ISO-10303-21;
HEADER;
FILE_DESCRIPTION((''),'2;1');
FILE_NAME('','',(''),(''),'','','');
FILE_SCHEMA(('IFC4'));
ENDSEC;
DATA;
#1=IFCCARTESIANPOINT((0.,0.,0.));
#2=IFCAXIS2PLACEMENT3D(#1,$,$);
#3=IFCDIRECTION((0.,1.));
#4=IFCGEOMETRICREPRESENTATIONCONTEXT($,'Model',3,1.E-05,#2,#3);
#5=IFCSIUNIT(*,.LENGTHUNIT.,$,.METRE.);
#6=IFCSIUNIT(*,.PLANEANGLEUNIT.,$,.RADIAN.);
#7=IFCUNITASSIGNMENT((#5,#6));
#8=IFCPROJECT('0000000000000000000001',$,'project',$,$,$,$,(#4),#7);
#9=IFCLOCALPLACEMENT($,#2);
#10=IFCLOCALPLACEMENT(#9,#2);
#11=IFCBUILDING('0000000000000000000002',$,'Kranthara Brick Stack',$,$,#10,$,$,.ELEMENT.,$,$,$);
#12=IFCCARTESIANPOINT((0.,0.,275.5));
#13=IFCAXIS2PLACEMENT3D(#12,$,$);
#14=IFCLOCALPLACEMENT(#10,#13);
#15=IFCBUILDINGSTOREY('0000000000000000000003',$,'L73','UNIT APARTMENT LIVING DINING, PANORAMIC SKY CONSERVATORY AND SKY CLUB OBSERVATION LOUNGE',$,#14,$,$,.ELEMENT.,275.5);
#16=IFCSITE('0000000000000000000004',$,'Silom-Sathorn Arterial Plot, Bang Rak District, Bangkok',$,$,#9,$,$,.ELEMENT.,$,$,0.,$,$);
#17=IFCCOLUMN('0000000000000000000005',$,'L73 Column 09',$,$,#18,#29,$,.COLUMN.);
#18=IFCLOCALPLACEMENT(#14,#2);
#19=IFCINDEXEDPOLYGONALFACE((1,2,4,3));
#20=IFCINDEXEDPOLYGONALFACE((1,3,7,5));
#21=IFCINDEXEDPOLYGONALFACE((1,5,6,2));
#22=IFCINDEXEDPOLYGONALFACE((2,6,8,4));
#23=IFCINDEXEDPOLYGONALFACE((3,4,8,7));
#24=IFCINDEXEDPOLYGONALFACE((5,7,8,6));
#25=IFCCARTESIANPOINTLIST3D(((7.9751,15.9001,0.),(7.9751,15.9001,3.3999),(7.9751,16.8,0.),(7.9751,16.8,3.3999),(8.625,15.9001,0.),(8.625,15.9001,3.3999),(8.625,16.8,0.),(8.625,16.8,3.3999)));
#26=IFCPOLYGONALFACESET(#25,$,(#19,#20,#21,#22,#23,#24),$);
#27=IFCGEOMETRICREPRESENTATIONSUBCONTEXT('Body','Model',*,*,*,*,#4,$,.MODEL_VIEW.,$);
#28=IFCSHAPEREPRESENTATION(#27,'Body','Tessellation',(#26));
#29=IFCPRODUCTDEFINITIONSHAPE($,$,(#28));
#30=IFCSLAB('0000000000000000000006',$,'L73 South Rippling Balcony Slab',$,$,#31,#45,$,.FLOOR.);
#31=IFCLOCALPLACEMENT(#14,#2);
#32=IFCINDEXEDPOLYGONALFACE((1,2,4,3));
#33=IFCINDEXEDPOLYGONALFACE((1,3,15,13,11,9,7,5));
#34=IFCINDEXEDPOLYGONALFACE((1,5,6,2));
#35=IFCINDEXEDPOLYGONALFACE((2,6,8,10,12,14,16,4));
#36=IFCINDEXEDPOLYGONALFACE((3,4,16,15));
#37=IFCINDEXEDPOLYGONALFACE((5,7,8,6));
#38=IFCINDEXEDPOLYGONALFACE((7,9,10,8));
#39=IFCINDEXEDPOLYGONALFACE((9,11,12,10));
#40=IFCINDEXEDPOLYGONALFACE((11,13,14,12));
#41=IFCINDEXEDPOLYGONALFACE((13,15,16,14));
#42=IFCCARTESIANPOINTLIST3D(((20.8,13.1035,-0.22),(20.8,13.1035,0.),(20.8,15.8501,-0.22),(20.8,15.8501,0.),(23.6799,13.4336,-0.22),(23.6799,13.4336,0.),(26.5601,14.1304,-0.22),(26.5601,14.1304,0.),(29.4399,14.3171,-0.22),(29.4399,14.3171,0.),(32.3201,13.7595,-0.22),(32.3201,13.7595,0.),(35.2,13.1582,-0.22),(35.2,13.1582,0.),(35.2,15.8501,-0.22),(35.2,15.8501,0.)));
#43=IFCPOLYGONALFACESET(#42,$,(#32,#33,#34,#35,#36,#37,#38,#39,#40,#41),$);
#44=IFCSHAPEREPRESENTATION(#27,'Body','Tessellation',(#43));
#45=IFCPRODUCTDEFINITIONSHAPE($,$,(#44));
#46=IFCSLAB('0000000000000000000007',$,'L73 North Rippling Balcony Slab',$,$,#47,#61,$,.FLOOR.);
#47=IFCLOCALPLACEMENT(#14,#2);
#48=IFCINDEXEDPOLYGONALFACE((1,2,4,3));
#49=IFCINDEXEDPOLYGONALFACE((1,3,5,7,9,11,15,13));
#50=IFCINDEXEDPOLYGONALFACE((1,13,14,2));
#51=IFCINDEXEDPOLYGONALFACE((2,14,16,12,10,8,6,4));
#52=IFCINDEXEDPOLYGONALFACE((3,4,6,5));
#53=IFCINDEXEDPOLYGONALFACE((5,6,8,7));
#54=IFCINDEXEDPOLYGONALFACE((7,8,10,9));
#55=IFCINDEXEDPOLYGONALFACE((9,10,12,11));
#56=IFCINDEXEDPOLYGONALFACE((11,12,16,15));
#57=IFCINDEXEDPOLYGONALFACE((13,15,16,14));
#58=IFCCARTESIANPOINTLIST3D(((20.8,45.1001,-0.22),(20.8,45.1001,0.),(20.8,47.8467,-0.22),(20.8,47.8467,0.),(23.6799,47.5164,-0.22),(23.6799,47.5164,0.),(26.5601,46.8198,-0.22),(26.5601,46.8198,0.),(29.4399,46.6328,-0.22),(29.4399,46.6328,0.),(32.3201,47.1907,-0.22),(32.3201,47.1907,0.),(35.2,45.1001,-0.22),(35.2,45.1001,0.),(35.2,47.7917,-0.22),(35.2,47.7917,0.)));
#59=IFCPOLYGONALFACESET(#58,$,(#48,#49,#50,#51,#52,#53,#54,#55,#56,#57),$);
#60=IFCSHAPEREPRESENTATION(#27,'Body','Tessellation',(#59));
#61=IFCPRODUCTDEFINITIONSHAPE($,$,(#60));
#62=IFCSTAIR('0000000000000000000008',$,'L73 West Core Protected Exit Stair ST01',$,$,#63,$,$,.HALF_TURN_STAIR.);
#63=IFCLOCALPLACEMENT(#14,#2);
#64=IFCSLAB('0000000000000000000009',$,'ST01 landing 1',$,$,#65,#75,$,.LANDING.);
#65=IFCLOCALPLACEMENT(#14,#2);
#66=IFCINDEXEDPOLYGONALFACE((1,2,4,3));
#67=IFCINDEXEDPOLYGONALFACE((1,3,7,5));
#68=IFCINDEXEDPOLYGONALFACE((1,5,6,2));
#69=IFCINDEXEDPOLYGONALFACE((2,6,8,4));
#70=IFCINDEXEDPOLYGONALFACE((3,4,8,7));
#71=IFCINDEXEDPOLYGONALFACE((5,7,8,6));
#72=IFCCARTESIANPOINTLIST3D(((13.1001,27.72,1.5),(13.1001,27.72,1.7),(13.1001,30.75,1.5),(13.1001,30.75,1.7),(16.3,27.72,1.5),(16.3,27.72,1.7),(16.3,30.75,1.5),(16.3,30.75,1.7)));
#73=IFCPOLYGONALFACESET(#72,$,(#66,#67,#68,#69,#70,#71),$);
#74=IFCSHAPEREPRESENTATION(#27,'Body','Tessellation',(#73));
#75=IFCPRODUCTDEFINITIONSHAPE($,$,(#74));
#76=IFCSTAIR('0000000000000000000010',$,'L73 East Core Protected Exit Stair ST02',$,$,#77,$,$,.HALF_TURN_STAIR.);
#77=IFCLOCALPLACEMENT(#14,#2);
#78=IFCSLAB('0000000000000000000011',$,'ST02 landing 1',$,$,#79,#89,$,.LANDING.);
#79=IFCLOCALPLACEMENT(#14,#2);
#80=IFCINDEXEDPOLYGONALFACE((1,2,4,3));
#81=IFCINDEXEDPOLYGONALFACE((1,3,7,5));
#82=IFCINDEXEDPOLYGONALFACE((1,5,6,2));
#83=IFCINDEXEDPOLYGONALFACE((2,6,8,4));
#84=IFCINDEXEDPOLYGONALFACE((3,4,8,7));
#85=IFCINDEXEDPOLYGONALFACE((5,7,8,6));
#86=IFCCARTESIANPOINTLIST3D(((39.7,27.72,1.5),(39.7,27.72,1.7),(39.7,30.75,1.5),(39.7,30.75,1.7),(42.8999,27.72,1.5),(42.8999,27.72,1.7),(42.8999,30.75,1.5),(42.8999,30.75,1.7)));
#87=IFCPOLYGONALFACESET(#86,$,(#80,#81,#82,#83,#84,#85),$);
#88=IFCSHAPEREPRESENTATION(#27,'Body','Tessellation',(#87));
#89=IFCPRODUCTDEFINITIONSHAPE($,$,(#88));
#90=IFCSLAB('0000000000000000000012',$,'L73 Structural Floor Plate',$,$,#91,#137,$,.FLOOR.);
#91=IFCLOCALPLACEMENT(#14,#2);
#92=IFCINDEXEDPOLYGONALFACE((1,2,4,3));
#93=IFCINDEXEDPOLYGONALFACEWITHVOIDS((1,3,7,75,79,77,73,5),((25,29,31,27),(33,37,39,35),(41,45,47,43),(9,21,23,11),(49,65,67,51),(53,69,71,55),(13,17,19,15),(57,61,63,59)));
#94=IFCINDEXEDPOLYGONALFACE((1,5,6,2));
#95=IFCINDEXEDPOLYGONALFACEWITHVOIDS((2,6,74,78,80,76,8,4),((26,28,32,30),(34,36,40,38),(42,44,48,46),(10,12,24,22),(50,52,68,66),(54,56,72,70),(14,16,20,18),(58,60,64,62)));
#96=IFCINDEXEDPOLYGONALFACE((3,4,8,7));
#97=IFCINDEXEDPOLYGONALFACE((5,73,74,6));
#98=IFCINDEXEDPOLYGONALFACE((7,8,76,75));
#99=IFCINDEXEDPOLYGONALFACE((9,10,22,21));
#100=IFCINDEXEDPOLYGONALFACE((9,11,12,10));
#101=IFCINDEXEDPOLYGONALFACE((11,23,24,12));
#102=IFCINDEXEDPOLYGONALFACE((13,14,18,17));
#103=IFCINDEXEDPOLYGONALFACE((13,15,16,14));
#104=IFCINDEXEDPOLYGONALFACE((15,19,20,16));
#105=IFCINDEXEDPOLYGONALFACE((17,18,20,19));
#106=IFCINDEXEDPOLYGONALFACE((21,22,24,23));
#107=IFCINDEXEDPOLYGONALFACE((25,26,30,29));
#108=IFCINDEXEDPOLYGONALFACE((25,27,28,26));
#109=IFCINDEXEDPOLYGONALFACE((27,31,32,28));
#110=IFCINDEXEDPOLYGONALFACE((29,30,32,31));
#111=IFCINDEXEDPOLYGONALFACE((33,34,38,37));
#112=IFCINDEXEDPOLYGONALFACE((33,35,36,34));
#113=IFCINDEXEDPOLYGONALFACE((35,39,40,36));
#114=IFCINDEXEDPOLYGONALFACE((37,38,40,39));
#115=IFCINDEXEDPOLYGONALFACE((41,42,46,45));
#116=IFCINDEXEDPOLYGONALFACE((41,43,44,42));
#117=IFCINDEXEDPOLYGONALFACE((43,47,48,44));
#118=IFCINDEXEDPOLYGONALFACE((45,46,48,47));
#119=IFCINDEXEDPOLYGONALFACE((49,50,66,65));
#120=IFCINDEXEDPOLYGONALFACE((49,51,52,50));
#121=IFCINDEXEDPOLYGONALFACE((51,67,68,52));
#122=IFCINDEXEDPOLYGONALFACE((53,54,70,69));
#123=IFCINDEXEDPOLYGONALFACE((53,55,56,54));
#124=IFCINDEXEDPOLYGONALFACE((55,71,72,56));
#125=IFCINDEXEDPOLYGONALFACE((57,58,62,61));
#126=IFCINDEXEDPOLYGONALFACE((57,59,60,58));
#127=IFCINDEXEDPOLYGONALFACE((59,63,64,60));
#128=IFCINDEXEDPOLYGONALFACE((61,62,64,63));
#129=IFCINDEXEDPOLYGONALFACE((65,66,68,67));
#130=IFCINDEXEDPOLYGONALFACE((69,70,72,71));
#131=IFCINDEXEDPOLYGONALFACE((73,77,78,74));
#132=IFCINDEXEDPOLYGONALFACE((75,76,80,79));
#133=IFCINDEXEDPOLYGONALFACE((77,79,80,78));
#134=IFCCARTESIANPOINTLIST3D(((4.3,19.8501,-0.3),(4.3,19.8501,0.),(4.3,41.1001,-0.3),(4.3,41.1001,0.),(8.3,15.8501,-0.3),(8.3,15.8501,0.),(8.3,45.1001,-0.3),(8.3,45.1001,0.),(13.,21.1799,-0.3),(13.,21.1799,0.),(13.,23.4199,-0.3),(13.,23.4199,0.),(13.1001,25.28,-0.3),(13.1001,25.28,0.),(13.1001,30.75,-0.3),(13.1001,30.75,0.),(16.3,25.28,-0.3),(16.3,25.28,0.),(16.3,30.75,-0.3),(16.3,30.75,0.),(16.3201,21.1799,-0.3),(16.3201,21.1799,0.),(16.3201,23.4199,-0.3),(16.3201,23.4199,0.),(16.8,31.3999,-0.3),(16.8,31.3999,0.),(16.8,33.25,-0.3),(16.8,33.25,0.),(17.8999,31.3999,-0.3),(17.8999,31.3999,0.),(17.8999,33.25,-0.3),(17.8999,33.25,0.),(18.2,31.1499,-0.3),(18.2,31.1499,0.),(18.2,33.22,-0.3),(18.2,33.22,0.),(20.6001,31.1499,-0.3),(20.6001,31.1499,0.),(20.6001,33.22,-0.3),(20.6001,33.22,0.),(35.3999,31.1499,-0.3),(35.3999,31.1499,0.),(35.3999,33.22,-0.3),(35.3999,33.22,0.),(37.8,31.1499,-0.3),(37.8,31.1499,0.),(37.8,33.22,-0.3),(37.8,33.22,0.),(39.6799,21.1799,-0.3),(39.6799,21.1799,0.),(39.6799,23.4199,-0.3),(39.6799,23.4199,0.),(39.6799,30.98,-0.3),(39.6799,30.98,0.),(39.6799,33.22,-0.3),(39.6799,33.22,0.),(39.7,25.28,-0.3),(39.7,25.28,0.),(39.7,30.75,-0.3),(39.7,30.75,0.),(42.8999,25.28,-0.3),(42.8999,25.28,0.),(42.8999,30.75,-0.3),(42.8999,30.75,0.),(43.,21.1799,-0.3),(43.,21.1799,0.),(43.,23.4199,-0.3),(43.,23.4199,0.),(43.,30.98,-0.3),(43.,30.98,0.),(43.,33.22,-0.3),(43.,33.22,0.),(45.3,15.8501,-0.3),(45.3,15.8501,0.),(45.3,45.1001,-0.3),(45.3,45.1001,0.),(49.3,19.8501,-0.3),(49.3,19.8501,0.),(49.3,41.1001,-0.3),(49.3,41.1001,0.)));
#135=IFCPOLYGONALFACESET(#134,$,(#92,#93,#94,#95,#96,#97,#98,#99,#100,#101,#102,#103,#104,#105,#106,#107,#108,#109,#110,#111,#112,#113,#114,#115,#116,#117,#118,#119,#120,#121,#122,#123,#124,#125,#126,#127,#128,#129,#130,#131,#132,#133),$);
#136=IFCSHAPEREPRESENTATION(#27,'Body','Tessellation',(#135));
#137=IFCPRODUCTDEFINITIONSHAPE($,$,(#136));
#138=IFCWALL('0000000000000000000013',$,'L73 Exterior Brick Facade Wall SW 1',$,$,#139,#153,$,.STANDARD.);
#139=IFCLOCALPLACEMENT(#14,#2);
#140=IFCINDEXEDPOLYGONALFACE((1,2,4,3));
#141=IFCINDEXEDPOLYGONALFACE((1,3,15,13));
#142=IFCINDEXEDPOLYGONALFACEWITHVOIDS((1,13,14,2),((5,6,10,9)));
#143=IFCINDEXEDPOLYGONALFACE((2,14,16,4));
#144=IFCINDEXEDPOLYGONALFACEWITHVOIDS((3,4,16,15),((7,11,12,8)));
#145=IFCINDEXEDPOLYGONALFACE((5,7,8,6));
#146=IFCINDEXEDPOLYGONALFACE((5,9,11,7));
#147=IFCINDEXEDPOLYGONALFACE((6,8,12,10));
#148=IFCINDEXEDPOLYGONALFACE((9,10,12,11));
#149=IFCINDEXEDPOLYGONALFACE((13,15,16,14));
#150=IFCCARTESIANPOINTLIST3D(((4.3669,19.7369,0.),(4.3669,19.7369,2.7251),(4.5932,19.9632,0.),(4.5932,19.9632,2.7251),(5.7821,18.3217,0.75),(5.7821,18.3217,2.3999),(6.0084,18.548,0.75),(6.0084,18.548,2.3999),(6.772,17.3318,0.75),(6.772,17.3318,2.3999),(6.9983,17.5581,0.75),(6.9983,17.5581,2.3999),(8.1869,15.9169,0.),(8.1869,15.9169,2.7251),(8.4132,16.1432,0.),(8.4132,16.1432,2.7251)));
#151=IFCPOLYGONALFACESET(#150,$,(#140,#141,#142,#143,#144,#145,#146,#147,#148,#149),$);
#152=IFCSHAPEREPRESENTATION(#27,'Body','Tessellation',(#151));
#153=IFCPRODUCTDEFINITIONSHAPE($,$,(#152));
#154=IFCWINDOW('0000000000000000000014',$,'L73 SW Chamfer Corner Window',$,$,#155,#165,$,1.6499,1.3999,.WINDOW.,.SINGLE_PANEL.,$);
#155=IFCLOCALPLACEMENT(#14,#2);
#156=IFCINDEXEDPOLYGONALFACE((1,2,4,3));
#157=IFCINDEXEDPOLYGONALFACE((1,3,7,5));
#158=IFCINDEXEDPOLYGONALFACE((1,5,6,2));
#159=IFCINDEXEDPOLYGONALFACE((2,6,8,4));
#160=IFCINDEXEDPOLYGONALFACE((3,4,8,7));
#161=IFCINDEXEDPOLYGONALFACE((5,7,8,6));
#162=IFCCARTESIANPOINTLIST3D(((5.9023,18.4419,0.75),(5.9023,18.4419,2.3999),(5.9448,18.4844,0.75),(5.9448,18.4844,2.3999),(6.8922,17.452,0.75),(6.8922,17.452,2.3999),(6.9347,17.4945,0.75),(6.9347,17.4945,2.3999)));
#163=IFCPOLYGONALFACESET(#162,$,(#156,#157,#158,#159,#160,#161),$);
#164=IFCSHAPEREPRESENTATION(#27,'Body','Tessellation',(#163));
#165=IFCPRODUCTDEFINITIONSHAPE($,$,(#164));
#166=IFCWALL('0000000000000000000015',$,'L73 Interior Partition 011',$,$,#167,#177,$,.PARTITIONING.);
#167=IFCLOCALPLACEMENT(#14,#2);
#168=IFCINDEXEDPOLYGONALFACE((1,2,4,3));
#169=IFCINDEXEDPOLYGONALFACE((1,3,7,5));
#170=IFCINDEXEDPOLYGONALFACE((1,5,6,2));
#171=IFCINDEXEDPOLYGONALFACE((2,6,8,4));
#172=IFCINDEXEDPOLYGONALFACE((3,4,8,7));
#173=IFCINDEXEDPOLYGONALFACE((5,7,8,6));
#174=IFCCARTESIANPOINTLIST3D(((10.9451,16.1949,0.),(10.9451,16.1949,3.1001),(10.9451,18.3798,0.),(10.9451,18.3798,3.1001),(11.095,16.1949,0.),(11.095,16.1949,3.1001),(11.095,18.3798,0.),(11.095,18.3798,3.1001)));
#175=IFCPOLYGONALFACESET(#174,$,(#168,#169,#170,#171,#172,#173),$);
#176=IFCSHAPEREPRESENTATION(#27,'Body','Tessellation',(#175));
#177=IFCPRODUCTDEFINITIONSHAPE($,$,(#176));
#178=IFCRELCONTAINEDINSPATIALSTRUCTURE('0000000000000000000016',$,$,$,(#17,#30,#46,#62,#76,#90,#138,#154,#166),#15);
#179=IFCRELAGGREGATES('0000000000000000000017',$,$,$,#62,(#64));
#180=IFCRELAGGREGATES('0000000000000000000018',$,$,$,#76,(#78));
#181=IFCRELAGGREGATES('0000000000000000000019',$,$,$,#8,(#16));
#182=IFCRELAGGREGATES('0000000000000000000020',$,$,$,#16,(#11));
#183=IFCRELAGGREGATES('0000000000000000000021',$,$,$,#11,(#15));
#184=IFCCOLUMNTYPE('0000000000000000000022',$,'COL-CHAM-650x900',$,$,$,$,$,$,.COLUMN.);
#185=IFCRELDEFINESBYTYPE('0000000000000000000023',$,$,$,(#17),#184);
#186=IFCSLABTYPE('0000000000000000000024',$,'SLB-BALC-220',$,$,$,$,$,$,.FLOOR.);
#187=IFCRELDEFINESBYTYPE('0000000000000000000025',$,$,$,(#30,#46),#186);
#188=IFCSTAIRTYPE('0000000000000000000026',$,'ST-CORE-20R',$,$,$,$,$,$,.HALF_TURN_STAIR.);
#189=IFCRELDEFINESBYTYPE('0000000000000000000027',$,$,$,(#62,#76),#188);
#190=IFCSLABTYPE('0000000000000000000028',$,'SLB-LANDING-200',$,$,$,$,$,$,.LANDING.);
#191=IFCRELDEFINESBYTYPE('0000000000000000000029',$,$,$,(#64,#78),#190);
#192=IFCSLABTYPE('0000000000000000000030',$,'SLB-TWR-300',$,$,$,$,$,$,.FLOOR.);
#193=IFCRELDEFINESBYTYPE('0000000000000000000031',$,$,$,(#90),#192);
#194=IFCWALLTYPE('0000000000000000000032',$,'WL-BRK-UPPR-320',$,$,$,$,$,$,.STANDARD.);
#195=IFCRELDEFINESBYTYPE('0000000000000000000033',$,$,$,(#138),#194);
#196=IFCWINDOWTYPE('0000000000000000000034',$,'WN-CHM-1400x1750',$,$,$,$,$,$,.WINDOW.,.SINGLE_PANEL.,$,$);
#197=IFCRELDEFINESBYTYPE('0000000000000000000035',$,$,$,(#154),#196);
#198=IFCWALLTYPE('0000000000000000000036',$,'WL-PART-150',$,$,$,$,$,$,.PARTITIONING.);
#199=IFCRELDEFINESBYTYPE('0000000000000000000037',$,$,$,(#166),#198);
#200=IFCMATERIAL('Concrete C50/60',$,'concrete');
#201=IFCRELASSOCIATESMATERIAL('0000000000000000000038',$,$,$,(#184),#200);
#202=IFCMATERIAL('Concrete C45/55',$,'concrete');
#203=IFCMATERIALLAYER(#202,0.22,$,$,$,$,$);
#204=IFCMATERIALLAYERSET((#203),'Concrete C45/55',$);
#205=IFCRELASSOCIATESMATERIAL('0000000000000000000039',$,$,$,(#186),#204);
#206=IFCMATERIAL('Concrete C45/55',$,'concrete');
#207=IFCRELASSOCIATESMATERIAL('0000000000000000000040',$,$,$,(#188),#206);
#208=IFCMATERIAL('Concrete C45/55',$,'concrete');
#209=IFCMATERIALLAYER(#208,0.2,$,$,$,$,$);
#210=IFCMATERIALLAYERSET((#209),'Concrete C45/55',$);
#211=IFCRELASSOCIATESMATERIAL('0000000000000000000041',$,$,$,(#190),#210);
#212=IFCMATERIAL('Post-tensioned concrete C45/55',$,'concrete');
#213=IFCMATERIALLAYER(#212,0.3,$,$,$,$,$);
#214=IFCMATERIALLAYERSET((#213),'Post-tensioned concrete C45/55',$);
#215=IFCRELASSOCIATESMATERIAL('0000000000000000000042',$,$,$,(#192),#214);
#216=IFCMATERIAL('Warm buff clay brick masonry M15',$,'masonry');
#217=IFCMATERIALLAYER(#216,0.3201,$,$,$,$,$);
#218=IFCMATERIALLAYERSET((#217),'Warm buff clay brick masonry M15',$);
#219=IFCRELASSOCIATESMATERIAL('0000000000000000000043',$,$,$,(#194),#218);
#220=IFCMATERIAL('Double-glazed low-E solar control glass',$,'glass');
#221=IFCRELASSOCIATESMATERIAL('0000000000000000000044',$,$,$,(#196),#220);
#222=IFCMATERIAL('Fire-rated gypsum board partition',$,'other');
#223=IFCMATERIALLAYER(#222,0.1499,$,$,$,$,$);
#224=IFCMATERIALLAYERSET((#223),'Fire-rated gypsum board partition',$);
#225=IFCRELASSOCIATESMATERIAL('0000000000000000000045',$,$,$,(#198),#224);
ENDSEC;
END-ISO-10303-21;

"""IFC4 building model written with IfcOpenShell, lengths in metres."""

from ifc_helpers import new_model, si_unit, direction, frame, frame_2d, origin, origin_2d, place, context, subcontext, project, spatial, polyline, rectangle, outline, extrude, material, layer, layer_set, material_profile, profile_set, type_object, element, fill, aggregate, save


model = new_model("IFC4")

# Units and contexts
model_context = context("Model", 3, precision=1e-05, world=origin(), true_north=direction((0.0, 1.0)))
body_context = subcontext(model_context, "Body", "Model", "MODEL_VIEW")
ifc_project = project(units=[si_unit("LENGTHUNIT", "METRE"), si_unit("PLANEANGLEUNIT", "RADIAN")], contexts=[model_context])

# Site, building, storey
site_placement = place(None, origin())
site = spatial("IfcSite", under=ifc_project, at=site_placement, Name="Silom-Sathorn Arterial Plot, Bang Rak District, Bangkok", CompositionType="ELEMENT", RefElevation=0.0)
building_placement = place(site_placement, origin())
building = spatial("IfcBuilding", under=site, at=building_placement, Name="Kranthara Brick Stack", CompositionType="ELEMENT")
storey_placement = place(building_placement, frame((0.0, 0.0, 275.5)))
storey = spatial("IfcBuildingStorey", under=building, at=storey_placement, Name="L73", Description="UNIT APARTMENT LIVING DINING, PANORAMIC SKY CONSERVATORY AND SKY CLUB OBSERVATION LOUNGE", CompositionType="ELEMENT", Elevation=275.5)

# Column
ifc_material_1 = material(Name="Concrete C50/60", Category="concrete")
ifc_material_profile = material_profile(ifc_material_1, rectangle(XDim=0.6499, YDim=0.8999, at=origin_2d()), Name="RC 650x900")
ifc_profile_set = profile_set([ifc_material_profile], Name="Concrete C50/60")
column_type = type_object("IfcColumnType", Name="COL-CHAM-650x900", PredefinedType="COLUMN", material=ifc_profile_set)
column_placement = place(storey_placement, frame((8.3, 16.3501, 0.0), z_axis=(0.0, 0.0, 1.0), x_axis=(1.0, 0.0, 0.0)))
element("IfcColumn", 1, at=column_placement, inside=storey, type_object=column_type, Name="L73 Column 09", PredefinedType="COLUMN", context=body_context, shape_type="SweptSolid", body=[
    extrude(rectangle(XDim=0.6499, YDim=0.8999, at=origin_2d()), origin(), (0.0, 0.0, 1.0), 3.3999),
])

# Slabs
ifc_material_2 = material(Name="Concrete C45/55", Category="concrete")
ifc_layer_1 = layer(ifc_material_2, 0.22)
ifc_layer_set_1 = layer_set([ifc_layer_1], Name="Concrete C45/55")
slab_type_1 = type_object("IfcSlabType", Name="SLB-BALC-220", PredefinedType="FLOOR", material=ifc_layer_set_1)
slab_1_placement = place(storey_placement, frame((0.0, 0.0, -0.22)))
element("IfcSlab", 2, at=slab_1_placement, inside=storey, type_object=slab_type_1, Name="L73 South Rippling Balcony Slab", PredefinedType="FLOOR", context=body_context, shape_type="SweptSolid", body=[
    extrude(outline(polyline([(20.8, 15.8501), (35.2, 15.8501), (35.2, 13.1582), (32.3201, 13.7595), (29.4399, 14.3171), (26.5601, 14.1304), (23.6799, 13.4336), (20.8, 13.1035), (20.8, 15.8501)])), origin(), (0.0, 0.0, 1.0), 0.22),
])
slab_2_placement = place(storey_placement, frame((0.0, 0.0, -0.22)))
element("IfcSlab", 3, at=slab_2_placement, inside=storey, type_object=slab_type_1, Name="L73 North Rippling Balcony Slab", PredefinedType="FLOOR", context=body_context, shape_type="SweptSolid", body=[
    extrude(outline(polyline([(35.2, 45.1001), (20.8, 45.1001), (20.8, 47.8467), (23.6799, 47.5164), (26.5601, 46.8198), (29.4399, 46.6328), (32.3201, 47.1907), (35.2, 47.7917), (35.2, 45.1001)])), origin(), (0.0, 0.0, 1.0), 0.22),
])

# Stairs, slabs
ifc_material_3 = material(Name="Concrete C45/55", Category="concrete")
stair_type = type_object("IfcStairType", Name="ST-CORE-20R", PredefinedType="HALF_TURN_STAIR", material=ifc_material_3)
stair_1_placement = place(storey_placement, origin())
stair_1 = element("IfcStair", 4, at=stair_1_placement, inside=storey, type_object=stair_type, Name="L73 West Core Protected Exit Stair ST01", PredefinedType="HALF_TURN_STAIR")
ifc_material_4 = material(Name="Concrete C45/55", Category="concrete")
ifc_layer_2 = layer(ifc_material_4, 0.2)
ifc_layer_set_2 = layer_set([ifc_layer_2], Name="Concrete C45/55")
slab_type_2 = type_object("IfcSlabType", Name="SLB-LANDING-200", PredefinedType="LANDING", material=ifc_layer_set_2)
slab_3_placement = place(storey_placement, frame((0.0, 0.0, 1.5)))
slab_3 = element("IfcSlab", 5, at=slab_3_placement, type_object=slab_type_2, Name="ST01 landing 1", PredefinedType="LANDING", context=body_context, shape_type="SweptSolid", body=[
    extrude(outline(polyline([(16.3, 27.72), (16.3, 30.75), (13.1001, 30.75), (13.1001, 27.72), (16.3, 27.72)])), origin(), (0.0, 0.0, 1.0), 0.2),
])
aggregate(stair_1, [slab_3])
stair_2_placement = place(storey_placement, origin())
stair_2 = element("IfcStair", 6, at=stair_2_placement, inside=storey, type_object=stair_type, Name="L73 East Core Protected Exit Stair ST02", PredefinedType="HALF_TURN_STAIR")
slab_4_placement = place(storey_placement, frame((0.0, 0.0, 1.5)))
slab_4 = element("IfcSlab", 7, at=slab_4_placement, type_object=slab_type_2, Name="ST02 landing 1", PredefinedType="LANDING", context=body_context, shape_type="SweptSolid", body=[
    extrude(outline(polyline([(42.8999, 27.72), (42.8999, 30.75), (39.7, 30.75), (39.7, 27.72), (42.8999, 27.72)])), origin(), (0.0, 0.0, 1.0), 0.2),
])
aggregate(stair_2, [slab_4])

# Slab
ifc_material_5 = material(Name="Post-tensioned concrete C45/55", Category="concrete")
ifc_layer_3 = layer(ifc_material_5, 0.3)
ifc_layer_set_3 = layer_set([ifc_layer_3], Name="Post-tensioned concrete C45/55")
slab_type_3 = type_object("IfcSlabType", Name="SLB-TWR-300", PredefinedType="FLOOR", material=ifc_layer_set_3)
slab_5_placement = place(storey_placement, frame((0.0, 0.0, -0.3)))
element("IfcSlab", 8, at=slab_5_placement, inside=storey, type_object=slab_type_3, Name="L73 Structural Floor Plate", PredefinedType="FLOOR", context=body_context, shape_type="SweptSolid", body=[
    extrude(outline(polyline([(8.3, 15.8501), (45.3, 15.8501), (49.3, 19.8501), (49.3, 41.1001), (45.3, 45.1001), (8.3, 45.1001), (4.3, 41.1001), (4.3, 19.8501), (8.3, 15.8501)]), holes=[polyline([(13.1001, 25.28), (16.3, 25.28), (16.3, 30.75), (13.1001, 30.75), (13.1001, 25.28)]), polyline([(39.7, 25.28), (42.8999, 25.28), (42.8999, 30.75), (39.7, 30.75), (39.7, 25.28)]), polyline([(13.0, 21.1799), (16.3201, 21.1799), (16.3201, 23.4199), (13.0, 23.4199), (13.0, 21.1799)]), polyline([(39.6799, 21.1799), (43.0, 21.1799), (43.0, 23.4199), (39.6799, 23.4199), (39.6799, 21.1799)]), polyline([(39.6799, 30.98), (43.0, 30.98), (43.0, 33.22), (39.6799, 33.22), (39.6799, 30.98)]), polyline([(18.2, 31.1499), (20.6001, 31.1499), (20.6001, 33.22), (18.2, 33.22), (18.2, 31.1499)]), polyline([(35.3999, 31.1499), (37.8, 31.1499), (37.8, 33.22), (35.3999, 33.22), (35.3999, 31.1499)]), polyline([(16.8, 31.3999), (17.8999, 31.3999), (17.8999, 33.25), (16.8, 33.25), (16.8, 31.3999)])]), origin(), (0.0, 0.0, 1.0), 0.3),
])

# Wall, opening, window
ifc_material_6 = material(Name="Warm buff clay brick masonry M15", Category="masonry")
ifc_layer_4 = layer(ifc_material_6, 0.3201)
ifc_layer_set_4 = layer_set([ifc_layer_4], Name="Warm buff clay brick masonry M15")
wall_type_1 = type_object("IfcWallType", Name="WL-BRK-UPPR-320", PredefinedType="STANDARD", material=ifc_layer_set_4)
wall_1_placement = place(storey_placement, frame((8.3, 16.03, 0.0), z_axis=(0.0, 0.0, 1.0), x_axis=(-0.707107, 0.707107, 0.0)))
wall_1 = element("IfcWall", 9, at=wall_1_placement, inside=storey, type_object=wall_type_1, Name="L73 Exterior Brick Facade Wall SW 1", PredefinedType="STANDARD", context=body_context, shape_type="SweptSolid", body=[
    extrude(rectangle(XDim=5.4023, YDim=0.3201, at=frame_2d((2.7012, 0.0))), origin(), (0.0, 0.0, 1.0), 2.7251),
])
opening_placement = place(wall_1_placement, frame((2.001, 0.0, 0.75)))
opening = element("IfcOpeningElement", 10, at=opening_placement, cuts=wall_1, PredefinedType="OPENING", context=body_context, shape_type="SweptSolid", body=[
    extrude(rectangle(XDim=1.3999, YDim=1.6499, at=frame_2d((0.7, 0.825))), frame((0.0, 0.1699, 0.0), z_axis=(0.0, -1.0, 0.0), x_axis=(1.0, 0.0, 0.0)), (0.0, 0.0, 1.0), 0.3401),
])
ifc_material_7 = material(Name="Double-glazed low-E solar control glass", Category="glass")
window_type = type_object("IfcWindowType", Name="WN-CHM-1400x1750", PartitioningType="SINGLE_PANEL", PredefinedType="WINDOW", material=ifc_material_7)
window_placement = place(opening_placement, origin())
window = element("IfcWindow", 11, at=window_placement, inside=storey, type_object=window_type, Name="L73 SW Chamfer Corner Window", OverallHeight=1.6499, OverallWidth=1.3999, PartitioningType="SINGLE_PANEL", PredefinedType="WINDOW", context=body_context, shape_type="SweptSolid", body=[
    extrude(rectangle(XDim=1.3999, YDim=1.6499, at=frame_2d((0.7, 0.825))), frame((0.0, -0.01, 0.0), z_axis=(0.0, -1.0, 0.0), x_axis=(1.0, 0.0, 0.0)), (0.0, 0.0, 1.0), 0.0601),
])
fill(opening, window)

# Wall
ifc_material_8 = material(Name="Fire-rated gypsum board partition", Category="other")
ifc_layer_5 = layer(ifc_material_8, 0.1499)
ifc_layer_set_5 = layer_set([ifc_layer_5], Name="Fire-rated gypsum board partition")
wall_type_2 = type_object("IfcWallType", Name="WL-PART-150", PredefinedType="PARTITIONING", material=ifc_layer_set_5)
wall_2_placement = place(storey_placement, frame((11.02, 16.1951, 0.0), z_axis=(0.0, 0.0, 1.0), x_axis=(0.0, 1.0, 0.0)))
element("IfcWall", 12, at=wall_2_placement, inside=storey, type_object=wall_type_2, Name="L73 Interior Partition 011", PredefinedType="PARTITIONING", context=body_context, shape_type="SweptSolid", body=[
    extrude(rectangle(XDim=2.1848, YDim=0.1499, at=frame_2d((1.0923, 0.0))), origin(), (0.0, 0.0, 1.0), 3.1001),
])

save(model, "model.ifc")
